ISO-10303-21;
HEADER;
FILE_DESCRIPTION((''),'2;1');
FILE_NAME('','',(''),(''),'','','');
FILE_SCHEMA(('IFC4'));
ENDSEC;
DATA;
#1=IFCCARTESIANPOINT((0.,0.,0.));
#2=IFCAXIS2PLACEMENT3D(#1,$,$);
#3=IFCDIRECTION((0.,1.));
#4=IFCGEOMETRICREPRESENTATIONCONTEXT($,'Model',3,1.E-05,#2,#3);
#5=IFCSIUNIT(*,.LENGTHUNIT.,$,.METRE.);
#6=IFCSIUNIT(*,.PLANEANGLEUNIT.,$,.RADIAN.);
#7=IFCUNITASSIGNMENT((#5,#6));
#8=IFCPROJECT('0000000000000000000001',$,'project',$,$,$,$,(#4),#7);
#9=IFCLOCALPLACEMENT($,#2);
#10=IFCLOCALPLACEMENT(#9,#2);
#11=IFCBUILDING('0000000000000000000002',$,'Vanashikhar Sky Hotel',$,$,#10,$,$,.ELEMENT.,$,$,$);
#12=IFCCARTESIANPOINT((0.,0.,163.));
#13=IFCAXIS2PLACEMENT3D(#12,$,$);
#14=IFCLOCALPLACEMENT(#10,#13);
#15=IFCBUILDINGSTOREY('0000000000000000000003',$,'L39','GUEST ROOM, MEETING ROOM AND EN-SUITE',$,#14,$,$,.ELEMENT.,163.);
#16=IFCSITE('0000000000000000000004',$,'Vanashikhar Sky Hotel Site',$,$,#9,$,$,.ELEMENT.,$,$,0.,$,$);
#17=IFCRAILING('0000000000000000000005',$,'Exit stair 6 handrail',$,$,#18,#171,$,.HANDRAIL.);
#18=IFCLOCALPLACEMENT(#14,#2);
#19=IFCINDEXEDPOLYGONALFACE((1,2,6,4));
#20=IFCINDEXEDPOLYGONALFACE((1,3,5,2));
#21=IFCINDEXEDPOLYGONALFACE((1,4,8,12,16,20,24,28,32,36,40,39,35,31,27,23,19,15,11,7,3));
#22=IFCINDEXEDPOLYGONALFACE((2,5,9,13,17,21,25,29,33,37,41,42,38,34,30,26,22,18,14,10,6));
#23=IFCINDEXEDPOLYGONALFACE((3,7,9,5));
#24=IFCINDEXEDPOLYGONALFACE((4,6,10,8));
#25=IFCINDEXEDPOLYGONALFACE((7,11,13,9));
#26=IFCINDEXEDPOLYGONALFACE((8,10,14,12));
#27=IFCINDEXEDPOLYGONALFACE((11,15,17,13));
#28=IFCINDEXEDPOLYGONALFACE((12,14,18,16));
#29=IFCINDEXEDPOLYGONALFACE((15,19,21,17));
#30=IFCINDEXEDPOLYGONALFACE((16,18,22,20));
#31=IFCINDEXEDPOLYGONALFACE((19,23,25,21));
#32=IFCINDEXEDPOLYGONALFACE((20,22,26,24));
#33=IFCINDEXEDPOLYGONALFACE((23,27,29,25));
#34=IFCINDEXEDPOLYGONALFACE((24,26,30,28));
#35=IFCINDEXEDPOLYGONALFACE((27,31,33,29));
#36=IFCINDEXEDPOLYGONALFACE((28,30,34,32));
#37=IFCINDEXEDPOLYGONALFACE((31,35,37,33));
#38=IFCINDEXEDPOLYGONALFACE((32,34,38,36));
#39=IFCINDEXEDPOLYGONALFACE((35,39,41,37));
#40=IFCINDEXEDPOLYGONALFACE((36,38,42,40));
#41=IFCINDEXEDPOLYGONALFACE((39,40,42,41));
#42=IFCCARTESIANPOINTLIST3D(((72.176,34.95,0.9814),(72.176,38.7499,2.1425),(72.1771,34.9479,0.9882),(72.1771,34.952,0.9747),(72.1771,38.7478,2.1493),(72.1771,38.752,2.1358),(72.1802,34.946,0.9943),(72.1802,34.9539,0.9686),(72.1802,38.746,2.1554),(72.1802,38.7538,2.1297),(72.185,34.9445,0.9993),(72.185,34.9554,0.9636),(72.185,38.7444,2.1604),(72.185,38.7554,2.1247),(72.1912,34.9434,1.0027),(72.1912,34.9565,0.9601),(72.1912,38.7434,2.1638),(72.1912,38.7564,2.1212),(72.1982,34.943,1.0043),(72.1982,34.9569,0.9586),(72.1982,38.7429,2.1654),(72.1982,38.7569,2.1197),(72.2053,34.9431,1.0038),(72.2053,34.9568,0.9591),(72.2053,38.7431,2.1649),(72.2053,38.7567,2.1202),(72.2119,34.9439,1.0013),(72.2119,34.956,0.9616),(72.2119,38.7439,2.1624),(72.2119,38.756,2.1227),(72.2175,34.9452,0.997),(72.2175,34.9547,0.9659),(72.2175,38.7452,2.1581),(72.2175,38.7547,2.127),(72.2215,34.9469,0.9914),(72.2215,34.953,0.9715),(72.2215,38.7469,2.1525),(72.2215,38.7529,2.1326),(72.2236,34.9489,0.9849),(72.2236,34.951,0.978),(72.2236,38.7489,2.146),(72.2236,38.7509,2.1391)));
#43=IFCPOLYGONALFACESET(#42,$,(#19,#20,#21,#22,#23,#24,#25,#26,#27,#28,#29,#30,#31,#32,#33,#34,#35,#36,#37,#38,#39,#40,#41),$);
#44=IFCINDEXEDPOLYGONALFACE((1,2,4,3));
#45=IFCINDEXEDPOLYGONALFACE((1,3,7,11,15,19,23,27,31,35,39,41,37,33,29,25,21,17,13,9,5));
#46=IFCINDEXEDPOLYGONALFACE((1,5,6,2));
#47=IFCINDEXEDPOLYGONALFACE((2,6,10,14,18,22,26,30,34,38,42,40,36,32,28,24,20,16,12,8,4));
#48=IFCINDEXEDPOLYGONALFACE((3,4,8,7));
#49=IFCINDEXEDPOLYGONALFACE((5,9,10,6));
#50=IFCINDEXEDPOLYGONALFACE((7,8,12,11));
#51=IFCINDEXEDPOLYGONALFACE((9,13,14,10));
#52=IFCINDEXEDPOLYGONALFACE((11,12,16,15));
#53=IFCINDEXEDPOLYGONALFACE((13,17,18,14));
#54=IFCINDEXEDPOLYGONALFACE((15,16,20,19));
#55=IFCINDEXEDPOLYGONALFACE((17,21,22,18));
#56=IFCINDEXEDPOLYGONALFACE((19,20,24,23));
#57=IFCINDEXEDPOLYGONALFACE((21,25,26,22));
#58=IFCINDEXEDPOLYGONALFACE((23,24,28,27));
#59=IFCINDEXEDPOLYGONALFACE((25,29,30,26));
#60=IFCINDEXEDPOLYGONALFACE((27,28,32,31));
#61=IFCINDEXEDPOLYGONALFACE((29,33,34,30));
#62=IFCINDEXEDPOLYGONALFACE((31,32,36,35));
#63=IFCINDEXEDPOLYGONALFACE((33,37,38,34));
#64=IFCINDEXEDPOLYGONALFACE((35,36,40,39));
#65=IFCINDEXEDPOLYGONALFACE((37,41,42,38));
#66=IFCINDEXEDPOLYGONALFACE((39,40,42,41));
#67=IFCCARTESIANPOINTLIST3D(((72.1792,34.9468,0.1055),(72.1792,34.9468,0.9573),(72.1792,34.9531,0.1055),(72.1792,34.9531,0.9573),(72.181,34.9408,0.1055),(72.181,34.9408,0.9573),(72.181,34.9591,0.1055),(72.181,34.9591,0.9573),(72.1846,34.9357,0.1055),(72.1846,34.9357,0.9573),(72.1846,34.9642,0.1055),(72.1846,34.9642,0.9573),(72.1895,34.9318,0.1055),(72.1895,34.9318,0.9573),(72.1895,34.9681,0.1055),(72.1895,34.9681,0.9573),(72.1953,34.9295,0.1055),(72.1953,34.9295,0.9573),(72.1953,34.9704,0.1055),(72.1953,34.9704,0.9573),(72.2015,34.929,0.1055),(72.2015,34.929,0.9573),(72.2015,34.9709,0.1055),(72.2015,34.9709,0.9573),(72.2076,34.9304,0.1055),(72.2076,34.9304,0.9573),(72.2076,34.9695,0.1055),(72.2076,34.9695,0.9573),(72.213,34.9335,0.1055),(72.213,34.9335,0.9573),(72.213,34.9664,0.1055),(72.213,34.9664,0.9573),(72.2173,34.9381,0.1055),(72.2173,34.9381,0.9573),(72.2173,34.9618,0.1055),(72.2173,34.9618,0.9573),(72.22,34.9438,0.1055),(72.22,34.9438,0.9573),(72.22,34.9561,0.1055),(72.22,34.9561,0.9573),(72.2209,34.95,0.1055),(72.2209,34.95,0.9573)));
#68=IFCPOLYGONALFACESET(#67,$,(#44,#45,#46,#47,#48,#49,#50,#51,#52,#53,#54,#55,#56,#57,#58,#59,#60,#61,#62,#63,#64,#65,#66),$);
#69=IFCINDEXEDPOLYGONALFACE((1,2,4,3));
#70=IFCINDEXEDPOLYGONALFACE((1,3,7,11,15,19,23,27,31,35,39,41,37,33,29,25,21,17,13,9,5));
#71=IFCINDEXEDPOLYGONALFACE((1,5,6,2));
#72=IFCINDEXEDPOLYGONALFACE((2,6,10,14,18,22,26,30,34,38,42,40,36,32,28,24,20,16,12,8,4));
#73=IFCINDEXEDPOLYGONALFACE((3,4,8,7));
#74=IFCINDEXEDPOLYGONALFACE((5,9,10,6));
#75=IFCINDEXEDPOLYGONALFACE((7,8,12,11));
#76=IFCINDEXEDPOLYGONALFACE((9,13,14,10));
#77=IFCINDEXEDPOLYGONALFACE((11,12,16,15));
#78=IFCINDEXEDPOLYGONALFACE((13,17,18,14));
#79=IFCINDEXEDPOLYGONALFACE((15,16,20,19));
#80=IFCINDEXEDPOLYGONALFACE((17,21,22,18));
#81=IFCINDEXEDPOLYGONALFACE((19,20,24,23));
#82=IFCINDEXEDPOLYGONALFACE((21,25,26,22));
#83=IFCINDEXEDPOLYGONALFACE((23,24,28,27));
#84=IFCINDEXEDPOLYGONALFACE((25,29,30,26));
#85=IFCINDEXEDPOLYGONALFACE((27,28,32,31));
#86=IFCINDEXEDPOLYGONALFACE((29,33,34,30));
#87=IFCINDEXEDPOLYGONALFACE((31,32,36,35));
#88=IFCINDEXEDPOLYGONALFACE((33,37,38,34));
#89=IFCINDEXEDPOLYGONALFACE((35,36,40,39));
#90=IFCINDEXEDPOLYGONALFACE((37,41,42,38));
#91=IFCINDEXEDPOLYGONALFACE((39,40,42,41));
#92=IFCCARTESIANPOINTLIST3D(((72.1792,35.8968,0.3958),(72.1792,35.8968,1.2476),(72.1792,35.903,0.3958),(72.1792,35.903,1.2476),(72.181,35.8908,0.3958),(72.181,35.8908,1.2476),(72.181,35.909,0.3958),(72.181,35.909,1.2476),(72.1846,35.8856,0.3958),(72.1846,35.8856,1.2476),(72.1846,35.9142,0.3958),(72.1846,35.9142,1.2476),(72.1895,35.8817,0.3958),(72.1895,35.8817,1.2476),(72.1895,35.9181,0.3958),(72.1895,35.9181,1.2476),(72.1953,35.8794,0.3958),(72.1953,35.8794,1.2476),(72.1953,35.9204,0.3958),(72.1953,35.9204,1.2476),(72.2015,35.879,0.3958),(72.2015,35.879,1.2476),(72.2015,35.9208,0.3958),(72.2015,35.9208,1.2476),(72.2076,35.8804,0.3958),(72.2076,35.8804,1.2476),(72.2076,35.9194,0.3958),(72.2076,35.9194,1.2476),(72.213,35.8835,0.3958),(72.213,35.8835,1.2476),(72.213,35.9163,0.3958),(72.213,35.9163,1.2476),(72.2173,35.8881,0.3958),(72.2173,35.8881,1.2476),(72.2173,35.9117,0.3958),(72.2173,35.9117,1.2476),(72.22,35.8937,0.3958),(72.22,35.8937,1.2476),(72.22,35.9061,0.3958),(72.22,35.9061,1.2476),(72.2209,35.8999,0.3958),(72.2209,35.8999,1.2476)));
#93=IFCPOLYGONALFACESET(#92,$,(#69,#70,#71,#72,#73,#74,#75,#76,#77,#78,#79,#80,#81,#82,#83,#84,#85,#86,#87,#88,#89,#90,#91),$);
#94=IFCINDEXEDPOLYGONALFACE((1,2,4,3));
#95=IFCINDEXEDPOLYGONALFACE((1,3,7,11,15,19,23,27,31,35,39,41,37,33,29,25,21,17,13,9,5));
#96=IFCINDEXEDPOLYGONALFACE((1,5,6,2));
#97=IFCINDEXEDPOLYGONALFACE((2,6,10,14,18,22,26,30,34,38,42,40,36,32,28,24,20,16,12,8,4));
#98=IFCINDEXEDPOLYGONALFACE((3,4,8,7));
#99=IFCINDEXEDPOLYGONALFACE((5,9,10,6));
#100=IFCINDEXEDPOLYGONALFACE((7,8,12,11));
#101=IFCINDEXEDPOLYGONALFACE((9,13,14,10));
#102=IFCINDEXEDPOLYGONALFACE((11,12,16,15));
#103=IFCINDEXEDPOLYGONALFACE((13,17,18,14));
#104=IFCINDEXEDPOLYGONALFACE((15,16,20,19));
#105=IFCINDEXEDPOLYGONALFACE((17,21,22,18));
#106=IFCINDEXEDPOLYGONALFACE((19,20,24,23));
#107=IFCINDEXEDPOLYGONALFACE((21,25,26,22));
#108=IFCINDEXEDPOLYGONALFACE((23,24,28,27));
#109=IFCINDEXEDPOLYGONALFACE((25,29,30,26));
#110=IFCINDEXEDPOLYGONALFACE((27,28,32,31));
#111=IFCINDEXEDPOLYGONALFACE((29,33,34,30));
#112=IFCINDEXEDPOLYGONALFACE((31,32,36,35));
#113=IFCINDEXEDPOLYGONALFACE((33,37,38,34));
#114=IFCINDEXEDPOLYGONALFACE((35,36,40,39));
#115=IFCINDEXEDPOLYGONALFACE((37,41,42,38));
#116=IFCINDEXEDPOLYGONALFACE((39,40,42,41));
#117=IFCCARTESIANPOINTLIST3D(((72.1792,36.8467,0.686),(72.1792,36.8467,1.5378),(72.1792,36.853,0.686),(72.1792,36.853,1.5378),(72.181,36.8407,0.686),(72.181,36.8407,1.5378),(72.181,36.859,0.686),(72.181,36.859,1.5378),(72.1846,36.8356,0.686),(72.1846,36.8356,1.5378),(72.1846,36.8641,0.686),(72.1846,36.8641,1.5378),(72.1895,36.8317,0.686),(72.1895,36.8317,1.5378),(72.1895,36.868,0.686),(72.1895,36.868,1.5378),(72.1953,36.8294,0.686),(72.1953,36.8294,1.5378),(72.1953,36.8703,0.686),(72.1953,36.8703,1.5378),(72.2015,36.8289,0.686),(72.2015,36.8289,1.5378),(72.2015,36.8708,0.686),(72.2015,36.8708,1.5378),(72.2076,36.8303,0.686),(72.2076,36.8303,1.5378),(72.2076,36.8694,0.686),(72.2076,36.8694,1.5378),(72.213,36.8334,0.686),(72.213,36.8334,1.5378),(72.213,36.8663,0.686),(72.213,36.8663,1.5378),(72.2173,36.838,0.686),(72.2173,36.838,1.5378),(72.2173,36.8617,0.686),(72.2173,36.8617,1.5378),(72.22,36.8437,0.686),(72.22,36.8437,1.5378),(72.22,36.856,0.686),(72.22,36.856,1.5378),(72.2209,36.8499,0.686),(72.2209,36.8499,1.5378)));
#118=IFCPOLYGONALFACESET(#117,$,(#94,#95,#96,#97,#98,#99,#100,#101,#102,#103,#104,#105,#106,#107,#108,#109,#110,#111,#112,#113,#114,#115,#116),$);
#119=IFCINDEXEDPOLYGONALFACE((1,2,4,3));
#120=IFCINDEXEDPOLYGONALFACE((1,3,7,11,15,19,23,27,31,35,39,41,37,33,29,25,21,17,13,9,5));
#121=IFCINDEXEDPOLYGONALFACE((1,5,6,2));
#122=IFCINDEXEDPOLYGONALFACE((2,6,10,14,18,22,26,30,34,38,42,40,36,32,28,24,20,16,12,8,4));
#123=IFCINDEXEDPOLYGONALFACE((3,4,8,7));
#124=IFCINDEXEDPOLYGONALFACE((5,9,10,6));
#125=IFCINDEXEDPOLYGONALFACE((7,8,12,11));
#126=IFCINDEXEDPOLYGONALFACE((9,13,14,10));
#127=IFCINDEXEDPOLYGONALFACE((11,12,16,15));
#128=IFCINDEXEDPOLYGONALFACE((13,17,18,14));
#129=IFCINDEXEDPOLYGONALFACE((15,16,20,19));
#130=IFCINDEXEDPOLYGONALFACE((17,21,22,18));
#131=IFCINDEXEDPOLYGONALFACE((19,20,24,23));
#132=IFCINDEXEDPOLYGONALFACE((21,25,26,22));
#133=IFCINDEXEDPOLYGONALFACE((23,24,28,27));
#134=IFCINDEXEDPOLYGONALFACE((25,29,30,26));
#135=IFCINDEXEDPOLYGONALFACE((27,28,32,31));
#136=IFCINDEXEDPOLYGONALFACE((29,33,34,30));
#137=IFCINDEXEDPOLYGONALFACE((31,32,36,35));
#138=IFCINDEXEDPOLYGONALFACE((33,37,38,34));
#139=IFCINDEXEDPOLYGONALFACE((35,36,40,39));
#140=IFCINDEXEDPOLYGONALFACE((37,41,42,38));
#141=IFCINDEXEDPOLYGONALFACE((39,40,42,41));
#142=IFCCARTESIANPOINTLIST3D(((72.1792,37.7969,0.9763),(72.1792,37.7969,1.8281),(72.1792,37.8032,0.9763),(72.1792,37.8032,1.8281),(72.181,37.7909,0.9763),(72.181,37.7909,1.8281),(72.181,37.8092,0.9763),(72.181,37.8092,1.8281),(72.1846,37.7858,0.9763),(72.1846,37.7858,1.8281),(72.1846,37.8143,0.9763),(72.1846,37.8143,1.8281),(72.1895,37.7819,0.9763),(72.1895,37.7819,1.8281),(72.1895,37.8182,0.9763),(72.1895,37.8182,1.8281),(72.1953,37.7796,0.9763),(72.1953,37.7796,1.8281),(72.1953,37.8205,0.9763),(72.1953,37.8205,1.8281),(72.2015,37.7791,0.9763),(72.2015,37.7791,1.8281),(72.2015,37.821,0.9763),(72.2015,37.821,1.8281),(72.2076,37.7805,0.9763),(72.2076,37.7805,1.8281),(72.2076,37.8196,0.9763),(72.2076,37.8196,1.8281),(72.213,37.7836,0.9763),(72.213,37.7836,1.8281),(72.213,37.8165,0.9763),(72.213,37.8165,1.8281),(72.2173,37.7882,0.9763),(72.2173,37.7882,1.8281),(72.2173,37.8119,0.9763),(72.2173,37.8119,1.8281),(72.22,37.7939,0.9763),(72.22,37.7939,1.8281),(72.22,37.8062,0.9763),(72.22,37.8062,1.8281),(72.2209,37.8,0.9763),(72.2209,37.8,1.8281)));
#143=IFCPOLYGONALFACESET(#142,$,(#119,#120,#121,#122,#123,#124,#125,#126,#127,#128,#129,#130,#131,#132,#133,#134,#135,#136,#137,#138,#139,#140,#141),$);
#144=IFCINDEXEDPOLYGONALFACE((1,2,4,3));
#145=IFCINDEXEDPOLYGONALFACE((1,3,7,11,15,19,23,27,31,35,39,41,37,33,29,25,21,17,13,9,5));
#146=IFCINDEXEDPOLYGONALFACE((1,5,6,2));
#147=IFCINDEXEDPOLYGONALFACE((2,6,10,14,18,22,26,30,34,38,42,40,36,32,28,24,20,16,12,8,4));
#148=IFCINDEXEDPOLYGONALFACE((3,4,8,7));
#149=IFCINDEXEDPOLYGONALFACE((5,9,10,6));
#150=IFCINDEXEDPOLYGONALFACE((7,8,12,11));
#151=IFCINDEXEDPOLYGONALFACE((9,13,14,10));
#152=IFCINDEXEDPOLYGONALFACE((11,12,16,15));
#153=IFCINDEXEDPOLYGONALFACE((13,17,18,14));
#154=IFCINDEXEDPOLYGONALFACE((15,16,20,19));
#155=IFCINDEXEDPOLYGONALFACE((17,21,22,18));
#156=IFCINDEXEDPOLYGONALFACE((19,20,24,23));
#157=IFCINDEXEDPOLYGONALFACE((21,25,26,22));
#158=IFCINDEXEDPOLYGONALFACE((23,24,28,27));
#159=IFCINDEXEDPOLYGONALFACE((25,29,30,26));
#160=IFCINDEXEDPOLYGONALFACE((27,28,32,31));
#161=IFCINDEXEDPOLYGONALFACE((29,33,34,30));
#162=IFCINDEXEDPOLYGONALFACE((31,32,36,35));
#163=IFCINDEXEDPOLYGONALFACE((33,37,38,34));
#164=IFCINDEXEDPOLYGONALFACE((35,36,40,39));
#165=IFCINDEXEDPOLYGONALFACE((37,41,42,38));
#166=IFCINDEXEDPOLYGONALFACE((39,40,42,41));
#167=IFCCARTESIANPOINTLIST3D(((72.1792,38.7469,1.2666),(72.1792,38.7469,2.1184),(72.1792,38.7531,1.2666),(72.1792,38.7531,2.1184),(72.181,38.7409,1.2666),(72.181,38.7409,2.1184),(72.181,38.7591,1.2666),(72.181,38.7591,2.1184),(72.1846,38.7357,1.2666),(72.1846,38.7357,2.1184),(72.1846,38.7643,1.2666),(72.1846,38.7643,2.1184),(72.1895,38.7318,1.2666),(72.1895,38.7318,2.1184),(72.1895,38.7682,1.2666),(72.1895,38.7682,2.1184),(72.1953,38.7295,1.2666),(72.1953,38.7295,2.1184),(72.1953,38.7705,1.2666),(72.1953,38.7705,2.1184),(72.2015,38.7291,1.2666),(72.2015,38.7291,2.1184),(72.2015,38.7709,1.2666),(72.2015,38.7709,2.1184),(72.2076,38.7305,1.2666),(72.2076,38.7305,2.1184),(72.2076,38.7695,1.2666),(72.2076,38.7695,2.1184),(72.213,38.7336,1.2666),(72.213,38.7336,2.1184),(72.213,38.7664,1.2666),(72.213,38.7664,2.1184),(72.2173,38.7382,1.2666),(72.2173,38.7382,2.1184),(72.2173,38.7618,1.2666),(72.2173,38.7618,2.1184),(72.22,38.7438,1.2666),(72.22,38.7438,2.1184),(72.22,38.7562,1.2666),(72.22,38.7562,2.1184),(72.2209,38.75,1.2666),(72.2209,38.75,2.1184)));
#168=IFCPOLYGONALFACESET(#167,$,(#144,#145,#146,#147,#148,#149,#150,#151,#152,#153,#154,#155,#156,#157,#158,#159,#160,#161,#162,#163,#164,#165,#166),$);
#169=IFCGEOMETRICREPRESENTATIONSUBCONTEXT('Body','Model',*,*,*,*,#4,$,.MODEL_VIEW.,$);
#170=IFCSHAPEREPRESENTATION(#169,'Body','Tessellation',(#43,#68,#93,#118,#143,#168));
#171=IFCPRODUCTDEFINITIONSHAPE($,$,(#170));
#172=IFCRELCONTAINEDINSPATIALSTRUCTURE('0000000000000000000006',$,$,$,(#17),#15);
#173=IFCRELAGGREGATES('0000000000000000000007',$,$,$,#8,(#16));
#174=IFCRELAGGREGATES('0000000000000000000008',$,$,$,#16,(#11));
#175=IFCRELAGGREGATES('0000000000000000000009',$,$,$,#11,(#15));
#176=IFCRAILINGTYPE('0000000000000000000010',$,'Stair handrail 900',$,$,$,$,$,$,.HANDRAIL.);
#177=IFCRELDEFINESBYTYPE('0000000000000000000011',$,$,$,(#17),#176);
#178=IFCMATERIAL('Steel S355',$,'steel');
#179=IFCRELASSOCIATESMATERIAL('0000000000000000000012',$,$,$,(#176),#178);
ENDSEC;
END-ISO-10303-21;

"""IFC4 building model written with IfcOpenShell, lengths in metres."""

from ifc_helpers import new_model, si_unit, direction, frame, origin, origin_2d, place, context, subcontext, project, spatial, circle, extrude, source, transform, mapped, material, type_object, element, save


model = new_model("IFC4")

# Units and contexts
model_context = context("Model", 3, precision=1e-05, world=origin(), true_north=direction((0.0, 1.0)))
body_context = subcontext(model_context, "Body", "Model", "MODEL_VIEW")
ifc_project = project(units=[si_unit("LENGTHUNIT", "METRE"), si_unit("PLANEANGLEUNIT", "RADIAN")], contexts=[model_context])

# Site, building, storey
site_placement = place(None, origin())
site = spatial("IfcSite", under=ifc_project, at=site_placement, Name="Vanashikhar Sky Hotel Site", CompositionType="ELEMENT", RefElevation=0.0)
building_placement = place(site_placement, origin())
building = spatial("IfcBuilding", under=site, at=building_placement, Name="Vanashikhar Sky Hotel", CompositionType="ELEMENT")
storey_placement = place(building_placement, frame((0.0, 0.0, 163.0)))
storey = spatial("IfcBuildingStorey", under=building, at=storey_placement, Name="L39", Description="GUEST ROOM, MEETING ROOM AND EN-SUITE", CompositionType="ELEMENT", Elevation=163.0)

# Railing
ifc_material_1 = material(Name="Steel S355", Category="steel")
railing_type = type_object("IfcRailingType", Name="Stair handrail 900", PredefinedType="HANDRAIL", material=ifc_material_1)
shared_shape_1 = source(origin(), body_context, "Body", "SweptSolid", [
    extrude(circle(Radius=0.0239, at=origin_2d()), frame((0.0, 0.0, 0.876), z_axis=(0.0, 0.956351, 0.29222), x_axis=(-1.0, 0.0, 0.0)), (0.0, 0.0, 1.0), 3.9734),
    extrude(circle(Radius=0.021, at=origin_2d()), origin(), (0.0, 0.0, 1.0), 0.8518),
    extrude(circle(Radius=0.021, at=origin_2d()), frame((0.0, 0.95, 0.2903)), (0.0, 0.0, 1.0), 0.8518),
    extrude(circle(Radius=0.021, at=origin_2d()), frame((0.0, 1.8999, 0.5806)), (0.0, 0.0, 1.0), 0.8518),
    extrude(circle(Radius=0.021, at=origin_2d()), frame((0.0, 2.8501, 0.8708)), (0.0, 0.0, 1.0), 0.8518),
    extrude(circle(Radius=0.021, at=origin_2d()), frame((0.0, 3.8, 1.1611)), (0.0, 0.0, 1.0), 0.8518),
])
for number, where, name in (
    (1, (72.2, 34.95, 0.1055), "Exit stair 6 handrail"),
):
    element("IfcRailing", number, at=place(storey_placement, frame(where)), inside=storey, type_object=railing_type, Name=name, PredefinedType="HANDRAIL", context=body_context, shape_type="MappedRepresentation", body=[
        mapped(shared_shape_1, transform((0.0, 0.0, 0.0), scale=1.0)),
    ])

save(model, "model.ifc")
